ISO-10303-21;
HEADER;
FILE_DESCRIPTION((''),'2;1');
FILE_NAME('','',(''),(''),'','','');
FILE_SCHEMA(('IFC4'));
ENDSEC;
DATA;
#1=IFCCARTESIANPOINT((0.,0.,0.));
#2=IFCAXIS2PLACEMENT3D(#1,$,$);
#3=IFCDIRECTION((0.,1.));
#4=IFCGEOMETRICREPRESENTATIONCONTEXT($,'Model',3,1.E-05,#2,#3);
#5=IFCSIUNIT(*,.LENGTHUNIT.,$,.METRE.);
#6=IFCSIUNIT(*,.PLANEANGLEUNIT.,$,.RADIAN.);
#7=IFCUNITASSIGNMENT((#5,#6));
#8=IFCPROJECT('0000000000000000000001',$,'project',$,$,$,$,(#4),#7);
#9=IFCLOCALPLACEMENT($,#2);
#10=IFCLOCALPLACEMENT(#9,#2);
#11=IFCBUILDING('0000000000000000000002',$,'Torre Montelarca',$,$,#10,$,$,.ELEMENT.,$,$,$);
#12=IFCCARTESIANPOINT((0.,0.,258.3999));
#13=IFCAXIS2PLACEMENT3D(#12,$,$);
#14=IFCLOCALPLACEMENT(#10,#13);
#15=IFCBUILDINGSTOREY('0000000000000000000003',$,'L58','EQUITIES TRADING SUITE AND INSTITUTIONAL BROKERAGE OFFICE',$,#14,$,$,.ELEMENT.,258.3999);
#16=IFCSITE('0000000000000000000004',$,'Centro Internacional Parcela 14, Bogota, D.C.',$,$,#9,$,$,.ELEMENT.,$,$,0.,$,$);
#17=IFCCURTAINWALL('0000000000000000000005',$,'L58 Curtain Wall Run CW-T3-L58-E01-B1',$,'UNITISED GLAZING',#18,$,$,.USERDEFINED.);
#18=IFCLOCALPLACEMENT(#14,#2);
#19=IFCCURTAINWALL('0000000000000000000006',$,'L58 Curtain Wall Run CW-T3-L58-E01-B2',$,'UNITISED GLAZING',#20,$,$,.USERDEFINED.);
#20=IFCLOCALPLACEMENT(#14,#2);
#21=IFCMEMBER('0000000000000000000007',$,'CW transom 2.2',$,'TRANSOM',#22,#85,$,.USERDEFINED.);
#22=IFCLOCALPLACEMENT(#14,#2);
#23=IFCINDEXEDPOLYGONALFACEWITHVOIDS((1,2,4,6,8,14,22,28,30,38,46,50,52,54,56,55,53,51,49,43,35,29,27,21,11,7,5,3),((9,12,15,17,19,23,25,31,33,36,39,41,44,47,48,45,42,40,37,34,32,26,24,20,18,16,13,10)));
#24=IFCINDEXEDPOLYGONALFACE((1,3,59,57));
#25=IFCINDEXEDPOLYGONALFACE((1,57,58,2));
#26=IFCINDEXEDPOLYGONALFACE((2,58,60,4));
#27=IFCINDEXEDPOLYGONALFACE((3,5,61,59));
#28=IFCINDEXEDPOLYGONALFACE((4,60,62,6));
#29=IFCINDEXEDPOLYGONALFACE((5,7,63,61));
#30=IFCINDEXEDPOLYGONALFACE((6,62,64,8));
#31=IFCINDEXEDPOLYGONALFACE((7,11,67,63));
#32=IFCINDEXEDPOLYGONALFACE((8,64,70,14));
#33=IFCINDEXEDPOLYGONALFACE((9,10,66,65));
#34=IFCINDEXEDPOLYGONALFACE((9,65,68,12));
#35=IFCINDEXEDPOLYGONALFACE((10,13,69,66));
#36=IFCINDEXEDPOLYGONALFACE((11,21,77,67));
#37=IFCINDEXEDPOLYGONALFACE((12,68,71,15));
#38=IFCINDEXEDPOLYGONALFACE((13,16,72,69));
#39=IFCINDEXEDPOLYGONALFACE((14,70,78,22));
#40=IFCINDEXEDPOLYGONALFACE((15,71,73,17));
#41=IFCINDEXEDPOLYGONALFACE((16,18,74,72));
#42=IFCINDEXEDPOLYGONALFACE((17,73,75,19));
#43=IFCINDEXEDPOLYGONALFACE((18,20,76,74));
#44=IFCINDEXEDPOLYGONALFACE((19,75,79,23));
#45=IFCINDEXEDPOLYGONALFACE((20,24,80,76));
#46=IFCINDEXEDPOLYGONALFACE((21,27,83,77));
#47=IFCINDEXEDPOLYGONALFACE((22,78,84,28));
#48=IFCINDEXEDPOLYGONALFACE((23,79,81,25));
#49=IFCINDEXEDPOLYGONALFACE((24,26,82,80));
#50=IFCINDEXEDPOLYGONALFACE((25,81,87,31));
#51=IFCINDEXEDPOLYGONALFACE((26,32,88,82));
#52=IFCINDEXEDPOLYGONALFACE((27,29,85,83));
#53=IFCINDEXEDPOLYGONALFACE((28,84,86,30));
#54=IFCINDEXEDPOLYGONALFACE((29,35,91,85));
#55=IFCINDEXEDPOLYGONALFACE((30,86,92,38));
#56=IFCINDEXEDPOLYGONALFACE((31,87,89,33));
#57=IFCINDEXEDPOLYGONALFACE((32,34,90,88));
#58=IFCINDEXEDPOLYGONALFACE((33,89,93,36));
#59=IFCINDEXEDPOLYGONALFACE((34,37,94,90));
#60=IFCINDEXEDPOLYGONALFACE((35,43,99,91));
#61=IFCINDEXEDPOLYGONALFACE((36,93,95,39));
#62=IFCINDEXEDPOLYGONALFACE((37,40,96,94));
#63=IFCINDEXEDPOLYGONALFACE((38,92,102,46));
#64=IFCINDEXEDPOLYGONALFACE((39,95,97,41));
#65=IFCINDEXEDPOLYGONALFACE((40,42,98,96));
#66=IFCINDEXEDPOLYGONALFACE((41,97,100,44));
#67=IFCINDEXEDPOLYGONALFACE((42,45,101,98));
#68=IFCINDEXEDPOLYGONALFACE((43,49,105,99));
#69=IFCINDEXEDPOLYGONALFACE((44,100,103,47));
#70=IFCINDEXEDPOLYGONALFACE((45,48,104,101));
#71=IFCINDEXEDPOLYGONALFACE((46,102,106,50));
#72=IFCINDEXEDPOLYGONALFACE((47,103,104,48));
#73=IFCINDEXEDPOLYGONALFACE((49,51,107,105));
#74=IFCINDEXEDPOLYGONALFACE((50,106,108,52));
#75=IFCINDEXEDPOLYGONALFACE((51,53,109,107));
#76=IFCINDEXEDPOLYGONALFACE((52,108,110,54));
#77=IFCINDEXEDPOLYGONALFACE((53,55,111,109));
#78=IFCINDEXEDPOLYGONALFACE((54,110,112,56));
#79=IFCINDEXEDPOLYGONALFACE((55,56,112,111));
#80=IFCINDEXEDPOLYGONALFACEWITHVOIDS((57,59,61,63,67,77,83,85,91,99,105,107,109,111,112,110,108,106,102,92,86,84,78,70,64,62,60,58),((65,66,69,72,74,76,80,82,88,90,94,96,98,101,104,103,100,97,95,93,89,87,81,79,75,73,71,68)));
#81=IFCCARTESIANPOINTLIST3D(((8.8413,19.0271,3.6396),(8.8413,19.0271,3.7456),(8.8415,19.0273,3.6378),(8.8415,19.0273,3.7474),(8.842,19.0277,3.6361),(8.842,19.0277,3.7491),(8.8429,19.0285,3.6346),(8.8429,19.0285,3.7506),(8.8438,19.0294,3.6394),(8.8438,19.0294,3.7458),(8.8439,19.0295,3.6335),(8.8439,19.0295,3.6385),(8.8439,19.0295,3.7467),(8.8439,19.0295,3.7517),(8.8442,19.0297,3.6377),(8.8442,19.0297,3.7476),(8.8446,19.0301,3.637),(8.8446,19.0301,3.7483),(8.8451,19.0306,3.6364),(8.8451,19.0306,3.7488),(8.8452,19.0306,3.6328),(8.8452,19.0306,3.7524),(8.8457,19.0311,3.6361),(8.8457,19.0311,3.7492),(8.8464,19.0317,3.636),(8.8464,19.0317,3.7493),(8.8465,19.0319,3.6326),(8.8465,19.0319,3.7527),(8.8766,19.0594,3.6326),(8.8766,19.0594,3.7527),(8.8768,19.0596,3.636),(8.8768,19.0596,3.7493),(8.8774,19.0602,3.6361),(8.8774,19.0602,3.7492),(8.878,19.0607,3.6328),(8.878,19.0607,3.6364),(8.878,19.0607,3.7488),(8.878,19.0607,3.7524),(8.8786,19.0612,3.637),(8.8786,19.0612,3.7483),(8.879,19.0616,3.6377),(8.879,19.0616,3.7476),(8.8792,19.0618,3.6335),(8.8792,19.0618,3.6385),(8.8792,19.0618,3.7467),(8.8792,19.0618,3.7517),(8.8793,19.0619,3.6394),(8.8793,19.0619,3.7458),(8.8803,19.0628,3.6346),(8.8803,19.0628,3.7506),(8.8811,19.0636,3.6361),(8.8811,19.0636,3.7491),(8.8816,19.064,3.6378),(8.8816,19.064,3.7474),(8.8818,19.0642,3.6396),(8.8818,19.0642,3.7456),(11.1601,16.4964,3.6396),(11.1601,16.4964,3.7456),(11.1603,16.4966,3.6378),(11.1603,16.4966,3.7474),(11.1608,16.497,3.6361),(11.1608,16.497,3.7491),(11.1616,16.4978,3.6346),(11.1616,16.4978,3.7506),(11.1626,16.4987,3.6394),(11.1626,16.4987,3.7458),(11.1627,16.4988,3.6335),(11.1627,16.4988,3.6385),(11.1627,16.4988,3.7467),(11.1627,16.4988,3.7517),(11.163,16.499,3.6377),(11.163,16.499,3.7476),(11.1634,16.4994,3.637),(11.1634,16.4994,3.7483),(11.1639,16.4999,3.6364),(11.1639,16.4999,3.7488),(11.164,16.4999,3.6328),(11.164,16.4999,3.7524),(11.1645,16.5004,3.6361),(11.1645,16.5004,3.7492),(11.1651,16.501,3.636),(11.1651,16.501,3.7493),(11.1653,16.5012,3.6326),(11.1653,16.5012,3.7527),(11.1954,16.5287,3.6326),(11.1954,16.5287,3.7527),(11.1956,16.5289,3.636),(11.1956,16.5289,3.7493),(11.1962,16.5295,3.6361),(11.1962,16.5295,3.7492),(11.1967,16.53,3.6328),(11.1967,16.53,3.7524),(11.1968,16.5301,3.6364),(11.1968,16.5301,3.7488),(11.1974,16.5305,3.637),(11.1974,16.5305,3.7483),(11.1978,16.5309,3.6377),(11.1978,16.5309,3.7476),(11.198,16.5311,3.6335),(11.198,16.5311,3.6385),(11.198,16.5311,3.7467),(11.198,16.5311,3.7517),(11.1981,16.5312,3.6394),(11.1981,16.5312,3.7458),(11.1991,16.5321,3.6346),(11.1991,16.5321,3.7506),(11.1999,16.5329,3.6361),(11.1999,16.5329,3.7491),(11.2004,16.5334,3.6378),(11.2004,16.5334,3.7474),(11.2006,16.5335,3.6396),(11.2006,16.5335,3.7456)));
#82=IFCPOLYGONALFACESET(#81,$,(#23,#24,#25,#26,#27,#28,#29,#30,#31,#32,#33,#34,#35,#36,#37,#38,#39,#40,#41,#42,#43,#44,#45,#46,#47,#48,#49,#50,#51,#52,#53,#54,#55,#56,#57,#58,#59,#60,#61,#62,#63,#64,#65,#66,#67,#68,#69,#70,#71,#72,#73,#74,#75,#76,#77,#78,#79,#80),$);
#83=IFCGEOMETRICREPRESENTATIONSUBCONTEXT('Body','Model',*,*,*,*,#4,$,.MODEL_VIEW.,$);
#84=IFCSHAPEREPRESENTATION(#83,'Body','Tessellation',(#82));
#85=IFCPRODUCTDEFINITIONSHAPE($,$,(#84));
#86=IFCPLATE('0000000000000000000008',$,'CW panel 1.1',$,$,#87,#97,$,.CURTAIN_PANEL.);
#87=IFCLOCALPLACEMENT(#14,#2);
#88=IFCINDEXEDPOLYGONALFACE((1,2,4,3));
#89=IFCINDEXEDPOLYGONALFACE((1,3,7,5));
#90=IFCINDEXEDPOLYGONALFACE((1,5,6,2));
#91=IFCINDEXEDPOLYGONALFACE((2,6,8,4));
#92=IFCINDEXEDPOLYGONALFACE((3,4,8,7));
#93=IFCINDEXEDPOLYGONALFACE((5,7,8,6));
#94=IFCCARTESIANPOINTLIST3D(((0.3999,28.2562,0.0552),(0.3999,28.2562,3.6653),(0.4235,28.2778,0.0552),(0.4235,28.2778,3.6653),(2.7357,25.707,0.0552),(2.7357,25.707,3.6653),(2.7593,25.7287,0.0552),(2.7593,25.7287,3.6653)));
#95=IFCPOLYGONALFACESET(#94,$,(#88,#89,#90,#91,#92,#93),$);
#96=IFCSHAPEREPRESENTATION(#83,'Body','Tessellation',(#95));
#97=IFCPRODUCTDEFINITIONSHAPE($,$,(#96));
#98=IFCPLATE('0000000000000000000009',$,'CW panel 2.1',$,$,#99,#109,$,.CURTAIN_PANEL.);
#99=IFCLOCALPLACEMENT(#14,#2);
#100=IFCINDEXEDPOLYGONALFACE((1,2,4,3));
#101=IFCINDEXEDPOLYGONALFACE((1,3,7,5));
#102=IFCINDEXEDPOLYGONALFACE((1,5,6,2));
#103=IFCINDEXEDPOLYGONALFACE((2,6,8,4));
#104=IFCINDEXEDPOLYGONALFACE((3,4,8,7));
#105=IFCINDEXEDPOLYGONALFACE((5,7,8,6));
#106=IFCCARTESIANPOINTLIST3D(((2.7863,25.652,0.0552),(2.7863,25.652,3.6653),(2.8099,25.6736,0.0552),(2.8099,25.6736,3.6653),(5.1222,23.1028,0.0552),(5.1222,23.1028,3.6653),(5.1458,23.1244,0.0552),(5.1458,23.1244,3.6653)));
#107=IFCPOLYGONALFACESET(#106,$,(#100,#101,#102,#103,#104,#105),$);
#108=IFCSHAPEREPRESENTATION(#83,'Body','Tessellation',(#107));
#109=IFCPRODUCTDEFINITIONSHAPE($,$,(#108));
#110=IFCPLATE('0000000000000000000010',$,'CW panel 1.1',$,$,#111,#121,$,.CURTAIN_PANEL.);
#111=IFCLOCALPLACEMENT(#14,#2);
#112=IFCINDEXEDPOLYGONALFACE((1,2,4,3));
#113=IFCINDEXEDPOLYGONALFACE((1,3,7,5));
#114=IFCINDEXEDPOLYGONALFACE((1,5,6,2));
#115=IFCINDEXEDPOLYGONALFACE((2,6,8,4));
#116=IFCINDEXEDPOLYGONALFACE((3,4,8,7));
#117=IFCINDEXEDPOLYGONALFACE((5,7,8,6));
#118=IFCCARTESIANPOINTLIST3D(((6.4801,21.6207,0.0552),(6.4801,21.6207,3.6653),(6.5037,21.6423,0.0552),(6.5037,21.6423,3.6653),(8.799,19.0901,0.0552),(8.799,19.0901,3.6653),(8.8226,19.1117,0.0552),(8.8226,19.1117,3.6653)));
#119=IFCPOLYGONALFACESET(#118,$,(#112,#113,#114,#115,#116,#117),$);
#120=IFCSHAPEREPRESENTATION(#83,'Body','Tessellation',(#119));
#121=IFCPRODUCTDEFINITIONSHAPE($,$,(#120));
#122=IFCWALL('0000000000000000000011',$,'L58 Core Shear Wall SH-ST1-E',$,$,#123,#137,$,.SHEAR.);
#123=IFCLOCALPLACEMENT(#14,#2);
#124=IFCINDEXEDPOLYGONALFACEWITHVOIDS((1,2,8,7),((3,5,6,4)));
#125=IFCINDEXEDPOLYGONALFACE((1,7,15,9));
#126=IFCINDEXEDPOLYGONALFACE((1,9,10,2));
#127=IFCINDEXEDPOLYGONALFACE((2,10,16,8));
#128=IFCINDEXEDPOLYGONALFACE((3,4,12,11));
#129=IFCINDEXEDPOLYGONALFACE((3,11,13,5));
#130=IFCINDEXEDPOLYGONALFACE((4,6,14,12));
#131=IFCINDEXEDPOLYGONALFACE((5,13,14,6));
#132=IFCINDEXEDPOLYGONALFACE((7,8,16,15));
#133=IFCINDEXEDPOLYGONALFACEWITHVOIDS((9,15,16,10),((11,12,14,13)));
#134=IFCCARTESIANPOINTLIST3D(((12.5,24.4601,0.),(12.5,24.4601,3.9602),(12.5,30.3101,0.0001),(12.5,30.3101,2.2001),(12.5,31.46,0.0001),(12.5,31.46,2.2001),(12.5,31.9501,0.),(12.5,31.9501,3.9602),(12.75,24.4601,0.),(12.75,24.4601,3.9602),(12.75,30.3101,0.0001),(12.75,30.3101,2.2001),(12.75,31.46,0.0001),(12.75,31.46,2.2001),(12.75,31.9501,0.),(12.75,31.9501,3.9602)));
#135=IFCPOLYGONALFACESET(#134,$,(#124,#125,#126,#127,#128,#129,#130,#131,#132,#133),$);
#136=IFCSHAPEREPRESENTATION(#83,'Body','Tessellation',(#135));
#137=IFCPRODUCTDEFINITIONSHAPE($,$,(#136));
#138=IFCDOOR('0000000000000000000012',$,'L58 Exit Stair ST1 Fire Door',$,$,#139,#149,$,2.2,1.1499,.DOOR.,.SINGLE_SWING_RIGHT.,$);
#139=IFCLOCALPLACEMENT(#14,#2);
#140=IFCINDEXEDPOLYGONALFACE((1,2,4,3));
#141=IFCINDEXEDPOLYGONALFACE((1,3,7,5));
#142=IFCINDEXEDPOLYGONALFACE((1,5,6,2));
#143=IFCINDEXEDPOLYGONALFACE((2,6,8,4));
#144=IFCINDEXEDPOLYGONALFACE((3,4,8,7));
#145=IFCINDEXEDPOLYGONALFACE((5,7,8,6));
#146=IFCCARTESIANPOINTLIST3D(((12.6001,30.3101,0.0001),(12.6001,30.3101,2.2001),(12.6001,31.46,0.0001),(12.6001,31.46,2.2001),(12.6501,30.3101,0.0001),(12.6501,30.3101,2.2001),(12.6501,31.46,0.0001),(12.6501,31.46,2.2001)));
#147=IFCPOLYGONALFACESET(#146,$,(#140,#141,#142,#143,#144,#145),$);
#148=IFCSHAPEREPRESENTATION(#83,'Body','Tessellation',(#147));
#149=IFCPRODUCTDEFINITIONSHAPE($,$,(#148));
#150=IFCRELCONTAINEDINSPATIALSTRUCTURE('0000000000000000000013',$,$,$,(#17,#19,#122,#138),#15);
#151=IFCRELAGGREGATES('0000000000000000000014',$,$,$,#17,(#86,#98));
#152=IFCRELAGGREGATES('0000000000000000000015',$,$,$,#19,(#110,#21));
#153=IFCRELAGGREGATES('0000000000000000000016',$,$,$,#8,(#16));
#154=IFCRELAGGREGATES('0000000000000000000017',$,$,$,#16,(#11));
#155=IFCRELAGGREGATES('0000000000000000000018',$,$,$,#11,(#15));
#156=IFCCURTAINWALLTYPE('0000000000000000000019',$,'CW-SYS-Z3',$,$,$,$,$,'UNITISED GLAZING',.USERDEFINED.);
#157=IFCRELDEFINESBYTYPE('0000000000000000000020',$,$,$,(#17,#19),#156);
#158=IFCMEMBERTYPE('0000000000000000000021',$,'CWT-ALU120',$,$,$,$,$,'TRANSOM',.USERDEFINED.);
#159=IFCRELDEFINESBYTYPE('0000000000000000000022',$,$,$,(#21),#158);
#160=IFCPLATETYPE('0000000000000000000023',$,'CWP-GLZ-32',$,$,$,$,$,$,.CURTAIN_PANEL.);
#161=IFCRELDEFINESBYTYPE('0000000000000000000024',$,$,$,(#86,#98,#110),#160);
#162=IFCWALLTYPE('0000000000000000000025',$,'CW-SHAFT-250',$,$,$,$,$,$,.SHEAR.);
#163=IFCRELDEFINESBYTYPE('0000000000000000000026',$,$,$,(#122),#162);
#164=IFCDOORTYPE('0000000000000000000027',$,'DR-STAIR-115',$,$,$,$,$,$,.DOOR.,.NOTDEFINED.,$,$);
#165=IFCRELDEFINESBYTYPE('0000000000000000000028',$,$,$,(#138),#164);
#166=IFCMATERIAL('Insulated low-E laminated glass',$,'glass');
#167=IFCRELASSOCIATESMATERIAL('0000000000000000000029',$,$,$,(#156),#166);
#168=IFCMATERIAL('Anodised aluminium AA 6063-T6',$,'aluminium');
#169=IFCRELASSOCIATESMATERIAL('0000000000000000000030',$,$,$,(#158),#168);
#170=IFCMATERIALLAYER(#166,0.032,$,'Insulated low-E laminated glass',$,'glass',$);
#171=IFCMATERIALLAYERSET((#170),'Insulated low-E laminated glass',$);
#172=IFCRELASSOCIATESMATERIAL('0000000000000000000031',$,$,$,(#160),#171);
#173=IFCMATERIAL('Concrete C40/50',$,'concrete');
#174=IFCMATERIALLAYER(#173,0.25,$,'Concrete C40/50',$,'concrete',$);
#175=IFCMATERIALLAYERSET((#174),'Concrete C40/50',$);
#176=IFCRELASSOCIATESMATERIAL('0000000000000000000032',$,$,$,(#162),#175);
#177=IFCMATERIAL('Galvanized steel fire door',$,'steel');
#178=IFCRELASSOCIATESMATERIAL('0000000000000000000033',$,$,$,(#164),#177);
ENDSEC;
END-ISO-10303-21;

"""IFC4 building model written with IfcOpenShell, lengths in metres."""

from ifc_helpers import new_model, si_unit, direction, frame, frame_2d, origin, origin_2d, place, context, subcontext, project, spatial, rectangle, hollow_rectangle, extrude, source, transform, mapped, material, layer, layer_set, material_profile, profile_set, type_object, element, fill, aggregate, save


model = new_model("IFC4")

# Units and contexts
model_context = context("Model", 3, precision=1e-05, world=origin(), true_north=direction((0.0, 1.0)))
body_context = subcontext(model_context, "Body", "Model", "MODEL_VIEW")
ifc_project = project(units=[si_unit("LENGTHUNIT", "METRE"), si_unit("PLANEANGLEUNIT", "RADIAN")], contexts=[model_context])

# Site, building, storey
site_placement = place(None, origin())
site = spatial("IfcSite", under=ifc_project, at=site_placement, Name="Centro Internacional Parcela 14, Bogota, D.C.", CompositionType="ELEMENT", RefElevation=0.0)
building_placement = place(site_placement, origin())
building = spatial("IfcBuilding", under=site, at=building_placement, Name="Torre Montelarca", CompositionType="ELEMENT")
storey_placement = place(building_placement, frame((0.0, 0.0, 258.3999)))
storey = spatial("IfcBuildingStorey", under=building, at=storey_placement, Name="L58", Description="EQUITIES TRADING SUITE AND INSTITUTIONAL BROKERAGE OFFICE", CompositionType="ELEMENT", Elevation=258.3999)

# Shared definitions
ifc_material_1 = material(Name="Concrete C40/50", Category="concrete")

# Curtain walls
ifc_material_2 = material(Name="Insulated low-E laminated glass", Category="glass")
curtain_wall_type = type_object("IfcCurtainWallType", Name="CW-SYS-Z3", ElementType="UNITISED GLAZING", PredefinedType="USERDEFINED", material=ifc_material_2)
curtain_wall_1_placement = place(storey_placement, origin())
curtain_wall_1 = element("IfcCurtainWall", 1, at=curtain_wall_1_placement, inside=storey, type_object=curtain_wall_type, Name="L58 Curtain Wall Run CW-T3-L58-E01-B1", ObjectType="UNITISED GLAZING", PredefinedType="USERDEFINED")
ifc_material_3 = material(Name="Anodised aluminium AA 6063-T6", Category="aluminium")
curtain_wall_2_placement = place(storey_placement, origin())
curtain_wall_2 = element("IfcCurtainWall", 2, at=curtain_wall_2_placement, inside=storey, type_object=curtain_wall_type, Name="L58 Curtain Wall Run CW-T3-L58-E01-B2", ObjectType="UNITISED GLAZING", PredefinedType="USERDEFINED")

# Member
ifc_material_profile_1 = material_profile(ifc_material_3, hollow_rectangle(XDim=0.0549, YDim=0.1201, WallThickness=0.0034, InnerFilletRadius=0.0034, OuterFilletRadius=0.0071, at=origin_2d()), Name="ALU55X120X3.5", Category="aluminium")
ifc_profile_set_1 = profile_set([ifc_material_profile_1], Name="Anodised aluminium AA 6063-T6")
member_type_1 = type_object("IfcMemberType", Name="CWT-ALU120", ElementType="TRANSOM", PredefinedType="USERDEFINED", material=ifc_profile_set_1)
shared_shape_1 = source(origin(), body_context, "Body", "SweptSolid", [
    extrude(hollow_rectangle(XDim=0.0549, YDim=0.1201, WallThickness=0.0034, InnerFilletRadius=0.0034, OuterFilletRadius=0.0071, at=origin_2d()), origin(), (0.0, 0.0, 1.0), 3.4324),
])
member_1_placement = place(storey_placement, frame((8.8616, 19.0457, 3.6926), z_axis=(0.675564, -0.737302, 0.0), x_axis=(0.737302, 0.675564, 0.0)))
member_1 = element("IfcMember", 3, at=member_1_placement, type_object=member_type_1, Name="CW transom 2.2", ObjectType="TRANSOM", PredefinedType="USERDEFINED", context=body_context, shape_type="MappedRepresentation", body=[
    mapped(shared_shape_1, transform((0.0, 0.0, 0.0), scale=1.0)),
])

# Plates
ifc_layer_1 = layer(ifc_material_2, 0.032, Name="Insulated low-E laminated glass", Category="glass")
ifc_layer_set_1 = layer_set([ifc_layer_1], Name="Insulated low-E laminated glass")
plate_type = type_object("IfcPlateType", Name="CWP-GLZ-32", PredefinedType="CURTAIN_PANEL", material=ifc_layer_set_1)
shared_shape_2 = source(origin(), body_context, "Body", "SweptSolid", [
    extrude(rectangle(XDim=3.4575, YDim=0.032, at=origin_2d()), origin(), (0.0, 0.0, 1.0), 3.6101),
])
plate_1_placement = place(storey_placement, frame((1.5796, 26.9924, 0.0552), z_axis=(0.0, 0.0, 1.0), x_axis=(0.675586, -0.737281, 0.0)))
plate_1 = element("IfcPlate", 4, at=plate_1_placement, type_object=plate_type, Name="CW panel 1.1", PredefinedType="CURTAIN_PANEL", context=body_context, shape_type="MappedRepresentation", body=[
    mapped(shared_shape_2, transform((0.0, 0.0, 0.0), scale=1.0)),
])
plate_2_placement = place(storey_placement, frame((3.9661, 24.3882, 0.0552), z_axis=(0.0, 0.0, 1.0), x_axis=(0.675586, -0.737281, 0.0)))
plate_2 = element("IfcPlate", 5, at=plate_2_placement, type_object=plate_type, Name="CW panel 2.1", PredefinedType="CURTAIN_PANEL", context=body_context, shape_type="MappedRepresentation", body=[
    mapped(shared_shape_2, transform((0.0, 0.0, 0.0), scale=1.0)),
])
aggregate(curtain_wall_1, [plate_1, plate_2])
shared_shape_3 = source(origin(), body_context, "Body", "SweptSolid", [
    extrude(rectangle(XDim=3.4324, YDim=0.032, at=origin_2d()), origin(), (0.0, 0.0, 1.0), 3.6101),
])
plate_3_placement = place(storey_placement, frame((7.6514, 20.3662, 0.0552), z_axis=(0.0, 0.0, 1.0), x_axis=(0.675587, -0.73728, 0.0)))
plate_3 = element("IfcPlate", 6, at=plate_3_placement, type_object=plate_type, Name="CW panel 1.1", PredefinedType="CURTAIN_PANEL", context=body_context, shape_type="MappedRepresentation", body=[
    mapped(shared_shape_3, transform((0.0, 0.0, 0.0), scale=1.0)),
])
aggregate(curtain_wall_2, [plate_3, member_1])

# Wall, opening, door
ifc_layer_2 = layer(ifc_material_1, 0.25, Name="Concrete C40/50", Category="concrete")
ifc_layer_set_2 = layer_set([ifc_layer_2], Name="Concrete C40/50")
wall_type_1 = type_object("IfcWallType", Name="CW-SHAFT-250", PredefinedType="SHEAR", material=ifc_layer_set_2)
wall_1_placement = place(storey_placement, frame((12.625, 24.46, 0.0), z_axis=(0.0, 0.0, 1.0), x_axis=(0.0, 1.0, 0.0)))
wall_1 = element("IfcWall", 7, at=wall_1_placement, inside=storey, type_object=wall_type_1, Name="L58 Core Shear Wall SH-ST1-E", PredefinedType="SHEAR", context=body_context, shape_type="SweptSolid", body=[
    extrude(rectangle(XDim=7.49, YDim=0.25, at=frame_2d((3.7451, 0.0))), origin(), (0.0, 0.0, 1.0), 3.9602),
])
opening_1_placement = place(wall_1_placement, frame((5.8501, 0.0, 0.0)))
opening_1 = element("IfcOpeningElement", 8, at=opening_1_placement, cuts=wall_1, PredefinedType="OPENING", context=body_context, shape_type="SweptSolid", body=[
    extrude(rectangle(XDim=1.1499, YDim=2.2, at=frame_2d((0.575, 1.1001))), frame((0.0, 0.135, 0.0), z_axis=(0.0, -1.0, 0.0), x_axis=(1.0, 0.0, 0.0)), (0.0, 0.0, 1.0), 0.27),
])
ifc_material_4 = material(Name="Galvanized steel fire door", Category="steel")
door_type_1 = type_object("IfcDoorType", Name="DR-STAIR-115", OperationType="NOTDEFINED", PredefinedType="DOOR", material=ifc_material_4)
shared_shape_4 = source(origin(), body_context, "Body", "SweptSolid", [
    extrude(rectangle(XDim=1.1499, YDim=2.2, at=frame_2d((0.575, 1.1001))), frame((0.0, 0.0249, 0.0), z_axis=(0.0, -1.0, 0.0), x_axis=(1.0, 0.0, 0.0)), (0.0, 0.0, 1.0), 0.05),
])
door_1_placement = place(opening_1_placement, origin())
door_1 = element("IfcDoor", 9, at=door_1_placement, inside=storey, type_object=door_type_1, Name="L58 Exit Stair ST1 Fire Door", OperationType="SINGLE_SWING_RIGHT", OverallHeight=2.2, OverallWidth=1.1499, PredefinedType="DOOR", context=body_context, shape_type="MappedRepresentation", body=[
    mapped(shared_shape_4, transform((0.0, 0.0, 0.0), scale=1.0)),
])
fill(opening_1, door_1)

save(model, "model.ifc")
